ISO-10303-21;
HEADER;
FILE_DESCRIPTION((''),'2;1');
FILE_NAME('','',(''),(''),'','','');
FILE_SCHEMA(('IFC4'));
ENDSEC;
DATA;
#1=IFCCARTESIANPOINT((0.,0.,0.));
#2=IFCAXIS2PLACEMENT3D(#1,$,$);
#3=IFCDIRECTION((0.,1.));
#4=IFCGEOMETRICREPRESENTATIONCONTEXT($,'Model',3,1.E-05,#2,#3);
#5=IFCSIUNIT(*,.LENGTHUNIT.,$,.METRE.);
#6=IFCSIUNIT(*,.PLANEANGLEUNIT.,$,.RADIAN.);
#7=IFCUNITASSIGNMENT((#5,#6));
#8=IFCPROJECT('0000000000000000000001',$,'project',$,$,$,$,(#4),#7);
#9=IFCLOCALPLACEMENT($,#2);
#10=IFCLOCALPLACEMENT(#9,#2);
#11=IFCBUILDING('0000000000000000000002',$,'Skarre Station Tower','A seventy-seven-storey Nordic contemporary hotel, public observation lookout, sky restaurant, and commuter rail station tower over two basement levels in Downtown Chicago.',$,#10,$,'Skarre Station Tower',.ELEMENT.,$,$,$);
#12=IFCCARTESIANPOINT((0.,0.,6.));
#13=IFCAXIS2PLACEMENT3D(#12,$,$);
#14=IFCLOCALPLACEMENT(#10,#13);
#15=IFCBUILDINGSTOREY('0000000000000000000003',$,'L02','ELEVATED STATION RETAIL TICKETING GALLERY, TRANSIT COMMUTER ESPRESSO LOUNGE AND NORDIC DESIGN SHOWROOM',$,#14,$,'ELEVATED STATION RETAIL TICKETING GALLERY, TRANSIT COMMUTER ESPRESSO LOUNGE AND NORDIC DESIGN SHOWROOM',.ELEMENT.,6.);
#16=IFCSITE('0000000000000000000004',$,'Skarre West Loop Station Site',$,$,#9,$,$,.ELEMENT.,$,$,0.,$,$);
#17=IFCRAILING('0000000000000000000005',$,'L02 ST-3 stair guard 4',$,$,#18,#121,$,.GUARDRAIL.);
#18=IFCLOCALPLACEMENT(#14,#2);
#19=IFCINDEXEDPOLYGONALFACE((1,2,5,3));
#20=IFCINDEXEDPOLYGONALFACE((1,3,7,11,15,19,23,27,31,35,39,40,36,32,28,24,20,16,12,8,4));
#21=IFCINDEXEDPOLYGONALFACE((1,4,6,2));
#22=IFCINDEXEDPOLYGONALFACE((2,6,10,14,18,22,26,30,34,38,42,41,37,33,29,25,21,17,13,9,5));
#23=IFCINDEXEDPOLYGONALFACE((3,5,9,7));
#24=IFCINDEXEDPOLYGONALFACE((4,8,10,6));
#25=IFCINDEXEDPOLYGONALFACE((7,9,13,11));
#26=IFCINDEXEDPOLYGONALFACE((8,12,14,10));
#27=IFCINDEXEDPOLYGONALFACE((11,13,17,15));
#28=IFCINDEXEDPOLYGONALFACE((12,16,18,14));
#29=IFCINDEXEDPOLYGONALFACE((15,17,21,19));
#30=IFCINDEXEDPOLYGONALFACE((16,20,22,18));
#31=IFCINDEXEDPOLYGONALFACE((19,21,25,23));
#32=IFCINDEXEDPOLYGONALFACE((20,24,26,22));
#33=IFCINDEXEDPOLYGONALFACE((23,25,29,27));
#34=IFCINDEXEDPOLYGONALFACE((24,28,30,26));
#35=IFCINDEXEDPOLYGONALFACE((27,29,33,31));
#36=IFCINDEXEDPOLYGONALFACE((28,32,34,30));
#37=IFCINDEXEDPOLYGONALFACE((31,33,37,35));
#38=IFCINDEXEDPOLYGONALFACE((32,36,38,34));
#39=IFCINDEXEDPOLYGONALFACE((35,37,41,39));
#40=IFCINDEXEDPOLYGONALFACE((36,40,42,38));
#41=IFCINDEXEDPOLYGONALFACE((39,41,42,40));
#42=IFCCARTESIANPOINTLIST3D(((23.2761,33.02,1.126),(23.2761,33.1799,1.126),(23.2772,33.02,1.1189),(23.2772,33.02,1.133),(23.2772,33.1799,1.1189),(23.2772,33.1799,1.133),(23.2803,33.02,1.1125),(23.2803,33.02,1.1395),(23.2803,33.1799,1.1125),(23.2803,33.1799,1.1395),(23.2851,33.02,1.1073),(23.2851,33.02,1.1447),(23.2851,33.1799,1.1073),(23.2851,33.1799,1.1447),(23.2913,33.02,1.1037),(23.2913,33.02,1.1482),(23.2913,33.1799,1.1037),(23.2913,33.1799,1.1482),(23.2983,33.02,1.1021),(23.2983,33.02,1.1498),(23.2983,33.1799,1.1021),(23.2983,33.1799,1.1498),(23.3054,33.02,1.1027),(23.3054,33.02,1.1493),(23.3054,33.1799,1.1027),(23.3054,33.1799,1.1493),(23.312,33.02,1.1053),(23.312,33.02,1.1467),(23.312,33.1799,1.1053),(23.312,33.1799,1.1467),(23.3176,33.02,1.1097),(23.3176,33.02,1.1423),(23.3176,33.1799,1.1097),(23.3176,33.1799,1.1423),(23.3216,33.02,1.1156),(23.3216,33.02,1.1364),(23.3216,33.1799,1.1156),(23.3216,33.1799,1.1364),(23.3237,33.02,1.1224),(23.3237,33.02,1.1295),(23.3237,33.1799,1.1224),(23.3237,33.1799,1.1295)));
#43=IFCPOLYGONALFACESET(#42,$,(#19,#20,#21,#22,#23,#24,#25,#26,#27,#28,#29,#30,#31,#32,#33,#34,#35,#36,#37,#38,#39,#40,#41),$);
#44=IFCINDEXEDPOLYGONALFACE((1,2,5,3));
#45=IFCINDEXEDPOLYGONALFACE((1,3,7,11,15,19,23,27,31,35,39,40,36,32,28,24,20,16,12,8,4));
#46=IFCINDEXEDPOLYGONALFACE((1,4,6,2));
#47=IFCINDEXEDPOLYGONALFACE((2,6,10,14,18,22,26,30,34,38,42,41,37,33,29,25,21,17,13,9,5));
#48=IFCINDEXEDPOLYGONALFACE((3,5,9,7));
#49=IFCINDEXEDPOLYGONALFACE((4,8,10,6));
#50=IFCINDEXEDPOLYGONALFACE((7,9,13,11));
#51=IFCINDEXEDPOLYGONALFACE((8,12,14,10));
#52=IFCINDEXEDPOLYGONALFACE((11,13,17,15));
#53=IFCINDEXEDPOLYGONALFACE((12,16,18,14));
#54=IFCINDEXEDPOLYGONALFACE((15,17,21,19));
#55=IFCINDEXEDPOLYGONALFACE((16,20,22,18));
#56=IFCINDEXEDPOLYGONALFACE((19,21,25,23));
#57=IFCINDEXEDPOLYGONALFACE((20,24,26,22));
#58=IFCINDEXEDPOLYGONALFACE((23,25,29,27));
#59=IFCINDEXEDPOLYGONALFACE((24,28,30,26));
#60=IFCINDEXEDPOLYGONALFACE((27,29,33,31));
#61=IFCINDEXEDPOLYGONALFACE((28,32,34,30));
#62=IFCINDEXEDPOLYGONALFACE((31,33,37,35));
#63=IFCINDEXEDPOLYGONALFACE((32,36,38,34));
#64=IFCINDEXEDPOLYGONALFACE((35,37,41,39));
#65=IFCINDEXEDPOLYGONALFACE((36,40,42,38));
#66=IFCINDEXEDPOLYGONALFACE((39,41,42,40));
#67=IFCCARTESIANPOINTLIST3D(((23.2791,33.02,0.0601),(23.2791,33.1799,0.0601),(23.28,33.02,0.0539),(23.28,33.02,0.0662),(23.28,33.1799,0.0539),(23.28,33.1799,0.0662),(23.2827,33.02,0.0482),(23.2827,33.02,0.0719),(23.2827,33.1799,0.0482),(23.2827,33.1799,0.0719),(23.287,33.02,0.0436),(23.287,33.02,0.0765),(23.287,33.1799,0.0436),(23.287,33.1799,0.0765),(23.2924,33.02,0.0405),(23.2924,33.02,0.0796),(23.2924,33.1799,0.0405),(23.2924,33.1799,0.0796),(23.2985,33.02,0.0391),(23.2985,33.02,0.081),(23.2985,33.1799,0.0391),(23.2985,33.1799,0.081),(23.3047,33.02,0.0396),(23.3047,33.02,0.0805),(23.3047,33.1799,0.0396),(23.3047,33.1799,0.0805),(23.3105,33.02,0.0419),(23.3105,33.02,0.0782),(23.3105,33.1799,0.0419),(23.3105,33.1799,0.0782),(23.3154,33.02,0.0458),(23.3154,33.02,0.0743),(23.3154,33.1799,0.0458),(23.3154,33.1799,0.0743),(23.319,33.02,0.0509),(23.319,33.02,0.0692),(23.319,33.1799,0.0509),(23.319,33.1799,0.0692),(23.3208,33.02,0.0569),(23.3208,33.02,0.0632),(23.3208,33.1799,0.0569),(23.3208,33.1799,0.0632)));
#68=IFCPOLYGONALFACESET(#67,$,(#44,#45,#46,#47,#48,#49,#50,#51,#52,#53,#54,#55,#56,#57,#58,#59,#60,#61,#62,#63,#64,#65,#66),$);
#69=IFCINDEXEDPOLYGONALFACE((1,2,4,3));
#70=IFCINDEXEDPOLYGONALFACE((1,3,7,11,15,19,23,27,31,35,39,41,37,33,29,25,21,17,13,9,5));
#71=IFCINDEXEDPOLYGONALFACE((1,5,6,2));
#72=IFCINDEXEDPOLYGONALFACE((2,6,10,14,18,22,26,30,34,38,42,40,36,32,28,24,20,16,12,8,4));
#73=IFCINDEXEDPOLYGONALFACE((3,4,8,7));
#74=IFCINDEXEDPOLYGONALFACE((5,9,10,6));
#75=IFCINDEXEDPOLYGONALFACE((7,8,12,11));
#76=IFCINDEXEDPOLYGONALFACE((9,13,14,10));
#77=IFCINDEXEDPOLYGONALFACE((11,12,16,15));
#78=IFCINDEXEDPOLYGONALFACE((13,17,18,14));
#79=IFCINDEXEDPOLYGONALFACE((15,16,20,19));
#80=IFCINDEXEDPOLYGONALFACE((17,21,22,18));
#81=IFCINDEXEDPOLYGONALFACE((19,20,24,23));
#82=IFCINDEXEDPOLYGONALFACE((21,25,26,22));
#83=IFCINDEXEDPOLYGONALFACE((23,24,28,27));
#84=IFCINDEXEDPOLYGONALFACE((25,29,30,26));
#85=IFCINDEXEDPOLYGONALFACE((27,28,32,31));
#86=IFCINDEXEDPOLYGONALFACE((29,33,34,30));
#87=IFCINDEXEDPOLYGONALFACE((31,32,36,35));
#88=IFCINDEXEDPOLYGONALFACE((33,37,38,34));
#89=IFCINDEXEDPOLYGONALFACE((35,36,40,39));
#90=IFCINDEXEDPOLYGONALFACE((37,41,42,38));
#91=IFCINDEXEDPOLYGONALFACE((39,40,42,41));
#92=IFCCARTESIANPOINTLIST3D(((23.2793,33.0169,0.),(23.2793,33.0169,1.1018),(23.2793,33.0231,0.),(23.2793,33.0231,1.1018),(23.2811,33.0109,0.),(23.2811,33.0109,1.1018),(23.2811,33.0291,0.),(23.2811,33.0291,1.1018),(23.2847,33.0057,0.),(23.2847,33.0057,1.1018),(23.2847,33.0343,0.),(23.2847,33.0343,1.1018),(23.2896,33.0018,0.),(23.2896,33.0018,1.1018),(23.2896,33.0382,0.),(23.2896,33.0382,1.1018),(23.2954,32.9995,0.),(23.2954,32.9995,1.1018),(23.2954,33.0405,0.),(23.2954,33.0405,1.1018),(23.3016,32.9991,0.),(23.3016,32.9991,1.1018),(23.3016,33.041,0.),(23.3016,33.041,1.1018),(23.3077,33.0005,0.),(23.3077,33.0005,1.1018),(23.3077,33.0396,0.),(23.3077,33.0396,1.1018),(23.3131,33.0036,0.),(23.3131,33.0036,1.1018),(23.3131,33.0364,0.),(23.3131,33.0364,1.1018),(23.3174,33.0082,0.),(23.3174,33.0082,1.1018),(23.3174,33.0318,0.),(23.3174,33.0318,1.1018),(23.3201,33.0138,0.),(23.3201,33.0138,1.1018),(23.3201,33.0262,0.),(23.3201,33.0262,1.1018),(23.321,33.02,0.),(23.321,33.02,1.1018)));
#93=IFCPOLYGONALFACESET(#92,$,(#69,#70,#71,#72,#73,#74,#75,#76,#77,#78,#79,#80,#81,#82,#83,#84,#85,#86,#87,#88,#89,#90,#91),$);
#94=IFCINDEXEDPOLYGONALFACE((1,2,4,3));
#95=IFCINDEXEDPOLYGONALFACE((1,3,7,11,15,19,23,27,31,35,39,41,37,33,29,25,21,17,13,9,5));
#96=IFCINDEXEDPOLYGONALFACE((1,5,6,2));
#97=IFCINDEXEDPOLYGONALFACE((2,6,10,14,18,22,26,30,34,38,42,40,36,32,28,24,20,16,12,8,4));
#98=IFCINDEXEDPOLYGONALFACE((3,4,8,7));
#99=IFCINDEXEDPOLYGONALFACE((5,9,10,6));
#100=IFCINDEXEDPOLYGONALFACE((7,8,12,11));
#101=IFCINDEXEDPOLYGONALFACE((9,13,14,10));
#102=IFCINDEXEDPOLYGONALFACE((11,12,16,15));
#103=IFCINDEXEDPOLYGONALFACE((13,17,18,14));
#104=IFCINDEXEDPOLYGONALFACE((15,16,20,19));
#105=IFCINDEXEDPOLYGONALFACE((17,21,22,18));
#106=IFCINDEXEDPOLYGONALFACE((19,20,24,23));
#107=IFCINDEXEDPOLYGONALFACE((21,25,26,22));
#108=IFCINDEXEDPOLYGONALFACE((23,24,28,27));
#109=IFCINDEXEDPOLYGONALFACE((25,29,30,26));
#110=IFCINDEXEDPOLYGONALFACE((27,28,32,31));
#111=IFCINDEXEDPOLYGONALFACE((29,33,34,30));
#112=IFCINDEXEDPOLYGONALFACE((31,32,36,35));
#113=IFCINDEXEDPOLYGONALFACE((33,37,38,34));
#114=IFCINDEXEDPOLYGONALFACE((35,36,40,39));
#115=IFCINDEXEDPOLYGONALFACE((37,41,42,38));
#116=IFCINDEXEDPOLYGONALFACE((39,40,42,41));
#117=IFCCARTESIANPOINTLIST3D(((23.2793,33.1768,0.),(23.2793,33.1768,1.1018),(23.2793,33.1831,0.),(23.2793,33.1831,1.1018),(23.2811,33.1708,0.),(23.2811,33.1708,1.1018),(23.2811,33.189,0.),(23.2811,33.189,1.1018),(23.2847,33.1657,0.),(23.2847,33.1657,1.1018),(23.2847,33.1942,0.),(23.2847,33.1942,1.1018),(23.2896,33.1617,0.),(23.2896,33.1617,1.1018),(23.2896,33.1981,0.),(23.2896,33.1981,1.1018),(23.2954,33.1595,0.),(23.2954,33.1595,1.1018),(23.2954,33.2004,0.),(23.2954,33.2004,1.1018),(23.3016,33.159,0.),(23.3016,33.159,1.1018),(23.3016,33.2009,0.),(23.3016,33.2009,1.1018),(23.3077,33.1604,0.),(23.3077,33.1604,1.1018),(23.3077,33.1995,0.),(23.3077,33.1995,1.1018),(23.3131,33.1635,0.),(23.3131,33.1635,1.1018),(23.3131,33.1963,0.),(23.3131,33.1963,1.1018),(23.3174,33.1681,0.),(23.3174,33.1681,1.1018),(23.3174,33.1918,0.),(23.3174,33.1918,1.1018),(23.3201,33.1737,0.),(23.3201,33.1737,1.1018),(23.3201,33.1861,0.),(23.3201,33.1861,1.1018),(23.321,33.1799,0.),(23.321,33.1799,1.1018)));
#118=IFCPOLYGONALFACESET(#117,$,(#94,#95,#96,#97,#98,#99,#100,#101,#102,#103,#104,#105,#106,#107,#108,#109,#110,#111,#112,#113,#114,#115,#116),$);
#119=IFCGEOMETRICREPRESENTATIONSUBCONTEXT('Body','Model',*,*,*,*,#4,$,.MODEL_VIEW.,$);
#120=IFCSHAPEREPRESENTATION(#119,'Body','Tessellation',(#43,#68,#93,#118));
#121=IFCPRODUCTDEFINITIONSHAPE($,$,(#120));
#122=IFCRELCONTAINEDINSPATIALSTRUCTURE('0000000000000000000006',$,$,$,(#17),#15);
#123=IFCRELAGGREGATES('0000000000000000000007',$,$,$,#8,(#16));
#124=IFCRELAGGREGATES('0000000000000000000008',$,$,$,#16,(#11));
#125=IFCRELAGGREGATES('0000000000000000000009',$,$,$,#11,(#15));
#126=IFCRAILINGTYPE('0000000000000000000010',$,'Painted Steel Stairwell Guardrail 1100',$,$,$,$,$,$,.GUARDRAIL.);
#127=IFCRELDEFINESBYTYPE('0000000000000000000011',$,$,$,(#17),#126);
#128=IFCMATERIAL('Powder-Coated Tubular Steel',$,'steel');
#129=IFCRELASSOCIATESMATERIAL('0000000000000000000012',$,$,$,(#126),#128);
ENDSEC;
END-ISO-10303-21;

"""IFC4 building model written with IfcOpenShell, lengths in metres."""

from ifc_helpers import new_model, si_unit, direction, frame, origin, origin_2d, place, context, subcontext, project, spatial, circle, extrude, material, type_object, element, save


model = new_model("IFC4")

# Units and contexts
model_context = context("Model", 3, precision=1e-05, world=origin(), true_north=direction((0.0, 1.0)))
body_context = subcontext(model_context, "Body", "Model", "MODEL_VIEW")
ifc_project = project(units=[si_unit("LENGTHUNIT", "METRE"), si_unit("PLANEANGLEUNIT", "RADIAN")], contexts=[model_context])

# Site, building, storey
site_placement = place(None, origin())
site = spatial("IfcSite", under=ifc_project, at=site_placement, Name="Skarre West Loop Station Site", CompositionType="ELEMENT", RefElevation=0.0)
building_placement = place(site_placement, origin())
building = spatial("IfcBuilding", under=site, at=building_placement, Name="Skarre Station Tower", Description="A seventy-seven-storey Nordic contemporary hotel, public observation lookout, sky restaurant, and commuter rail station tower over two basement levels in Downtown Chicago.", LongName="Skarre Station Tower", CompositionType="ELEMENT")
storey_placement = place(building_placement, frame((0.0, 0.0, 6.0)))
storey = spatial("IfcBuildingStorey", under=building, at=storey_placement, Name="L02", Description="ELEVATED STATION RETAIL TICKETING GALLERY, TRANSIT COMMUTER ESPRESSO LOUNGE AND NORDIC DESIGN SHOWROOM", LongName="ELEVATED STATION RETAIL TICKETING GALLERY, TRANSIT COMMUTER ESPRESSO LOUNGE AND NORDIC DESIGN SHOWROOM", CompositionType="ELEMENT", Elevation=6.0)

# Railing
ifc_material_1 = material(Name="Powder-Coated Tubular Steel", Category="steel")
railing_type_1 = type_object("IfcRailingType", Name="Painted Steel Stairwell Guardrail 1100", PredefinedType="GUARDRAIL", material=ifc_material_1)
railing_1_placement = place(storey_placement, frame((23.3, 33.02, 0.0)))
element("IfcRailing", 1, at=railing_1_placement, inside=storey, type_object=railing_type_1, Name="L02 ST-3 stair guard 4", PredefinedType="GUARDRAIL", context=body_context, shape_type="SweptSolid", body=[
    extrude(circle(Radius=0.0239, at=origin_2d()), frame((0.0, 0.0, 1.126), z_axis=(0.0, 1.0, 0.0), x_axis=(-1.0, 0.0, 0.0)), (0.0, 0.0, 1.0), 0.1599),
    extrude(circle(Radius=0.021, at=origin_2d()), frame((0.0, 0.0, 0.0601), z_axis=(0.0, 1.0, 0.0), x_axis=(-1.0, 0.0, 0.0)), (0.0, 0.0, 1.0), 0.1599),
    extrude(circle(Radius=0.021, at=origin_2d()), origin(), (0.0, 0.0, 1.0), 1.1018),
    extrude(circle(Radius=0.021, at=origin_2d()), frame((0.0, 0.1599, 0.0)), (0.0, 0.0, 1.0), 1.1018),
])

save(model, "model.ifc")
